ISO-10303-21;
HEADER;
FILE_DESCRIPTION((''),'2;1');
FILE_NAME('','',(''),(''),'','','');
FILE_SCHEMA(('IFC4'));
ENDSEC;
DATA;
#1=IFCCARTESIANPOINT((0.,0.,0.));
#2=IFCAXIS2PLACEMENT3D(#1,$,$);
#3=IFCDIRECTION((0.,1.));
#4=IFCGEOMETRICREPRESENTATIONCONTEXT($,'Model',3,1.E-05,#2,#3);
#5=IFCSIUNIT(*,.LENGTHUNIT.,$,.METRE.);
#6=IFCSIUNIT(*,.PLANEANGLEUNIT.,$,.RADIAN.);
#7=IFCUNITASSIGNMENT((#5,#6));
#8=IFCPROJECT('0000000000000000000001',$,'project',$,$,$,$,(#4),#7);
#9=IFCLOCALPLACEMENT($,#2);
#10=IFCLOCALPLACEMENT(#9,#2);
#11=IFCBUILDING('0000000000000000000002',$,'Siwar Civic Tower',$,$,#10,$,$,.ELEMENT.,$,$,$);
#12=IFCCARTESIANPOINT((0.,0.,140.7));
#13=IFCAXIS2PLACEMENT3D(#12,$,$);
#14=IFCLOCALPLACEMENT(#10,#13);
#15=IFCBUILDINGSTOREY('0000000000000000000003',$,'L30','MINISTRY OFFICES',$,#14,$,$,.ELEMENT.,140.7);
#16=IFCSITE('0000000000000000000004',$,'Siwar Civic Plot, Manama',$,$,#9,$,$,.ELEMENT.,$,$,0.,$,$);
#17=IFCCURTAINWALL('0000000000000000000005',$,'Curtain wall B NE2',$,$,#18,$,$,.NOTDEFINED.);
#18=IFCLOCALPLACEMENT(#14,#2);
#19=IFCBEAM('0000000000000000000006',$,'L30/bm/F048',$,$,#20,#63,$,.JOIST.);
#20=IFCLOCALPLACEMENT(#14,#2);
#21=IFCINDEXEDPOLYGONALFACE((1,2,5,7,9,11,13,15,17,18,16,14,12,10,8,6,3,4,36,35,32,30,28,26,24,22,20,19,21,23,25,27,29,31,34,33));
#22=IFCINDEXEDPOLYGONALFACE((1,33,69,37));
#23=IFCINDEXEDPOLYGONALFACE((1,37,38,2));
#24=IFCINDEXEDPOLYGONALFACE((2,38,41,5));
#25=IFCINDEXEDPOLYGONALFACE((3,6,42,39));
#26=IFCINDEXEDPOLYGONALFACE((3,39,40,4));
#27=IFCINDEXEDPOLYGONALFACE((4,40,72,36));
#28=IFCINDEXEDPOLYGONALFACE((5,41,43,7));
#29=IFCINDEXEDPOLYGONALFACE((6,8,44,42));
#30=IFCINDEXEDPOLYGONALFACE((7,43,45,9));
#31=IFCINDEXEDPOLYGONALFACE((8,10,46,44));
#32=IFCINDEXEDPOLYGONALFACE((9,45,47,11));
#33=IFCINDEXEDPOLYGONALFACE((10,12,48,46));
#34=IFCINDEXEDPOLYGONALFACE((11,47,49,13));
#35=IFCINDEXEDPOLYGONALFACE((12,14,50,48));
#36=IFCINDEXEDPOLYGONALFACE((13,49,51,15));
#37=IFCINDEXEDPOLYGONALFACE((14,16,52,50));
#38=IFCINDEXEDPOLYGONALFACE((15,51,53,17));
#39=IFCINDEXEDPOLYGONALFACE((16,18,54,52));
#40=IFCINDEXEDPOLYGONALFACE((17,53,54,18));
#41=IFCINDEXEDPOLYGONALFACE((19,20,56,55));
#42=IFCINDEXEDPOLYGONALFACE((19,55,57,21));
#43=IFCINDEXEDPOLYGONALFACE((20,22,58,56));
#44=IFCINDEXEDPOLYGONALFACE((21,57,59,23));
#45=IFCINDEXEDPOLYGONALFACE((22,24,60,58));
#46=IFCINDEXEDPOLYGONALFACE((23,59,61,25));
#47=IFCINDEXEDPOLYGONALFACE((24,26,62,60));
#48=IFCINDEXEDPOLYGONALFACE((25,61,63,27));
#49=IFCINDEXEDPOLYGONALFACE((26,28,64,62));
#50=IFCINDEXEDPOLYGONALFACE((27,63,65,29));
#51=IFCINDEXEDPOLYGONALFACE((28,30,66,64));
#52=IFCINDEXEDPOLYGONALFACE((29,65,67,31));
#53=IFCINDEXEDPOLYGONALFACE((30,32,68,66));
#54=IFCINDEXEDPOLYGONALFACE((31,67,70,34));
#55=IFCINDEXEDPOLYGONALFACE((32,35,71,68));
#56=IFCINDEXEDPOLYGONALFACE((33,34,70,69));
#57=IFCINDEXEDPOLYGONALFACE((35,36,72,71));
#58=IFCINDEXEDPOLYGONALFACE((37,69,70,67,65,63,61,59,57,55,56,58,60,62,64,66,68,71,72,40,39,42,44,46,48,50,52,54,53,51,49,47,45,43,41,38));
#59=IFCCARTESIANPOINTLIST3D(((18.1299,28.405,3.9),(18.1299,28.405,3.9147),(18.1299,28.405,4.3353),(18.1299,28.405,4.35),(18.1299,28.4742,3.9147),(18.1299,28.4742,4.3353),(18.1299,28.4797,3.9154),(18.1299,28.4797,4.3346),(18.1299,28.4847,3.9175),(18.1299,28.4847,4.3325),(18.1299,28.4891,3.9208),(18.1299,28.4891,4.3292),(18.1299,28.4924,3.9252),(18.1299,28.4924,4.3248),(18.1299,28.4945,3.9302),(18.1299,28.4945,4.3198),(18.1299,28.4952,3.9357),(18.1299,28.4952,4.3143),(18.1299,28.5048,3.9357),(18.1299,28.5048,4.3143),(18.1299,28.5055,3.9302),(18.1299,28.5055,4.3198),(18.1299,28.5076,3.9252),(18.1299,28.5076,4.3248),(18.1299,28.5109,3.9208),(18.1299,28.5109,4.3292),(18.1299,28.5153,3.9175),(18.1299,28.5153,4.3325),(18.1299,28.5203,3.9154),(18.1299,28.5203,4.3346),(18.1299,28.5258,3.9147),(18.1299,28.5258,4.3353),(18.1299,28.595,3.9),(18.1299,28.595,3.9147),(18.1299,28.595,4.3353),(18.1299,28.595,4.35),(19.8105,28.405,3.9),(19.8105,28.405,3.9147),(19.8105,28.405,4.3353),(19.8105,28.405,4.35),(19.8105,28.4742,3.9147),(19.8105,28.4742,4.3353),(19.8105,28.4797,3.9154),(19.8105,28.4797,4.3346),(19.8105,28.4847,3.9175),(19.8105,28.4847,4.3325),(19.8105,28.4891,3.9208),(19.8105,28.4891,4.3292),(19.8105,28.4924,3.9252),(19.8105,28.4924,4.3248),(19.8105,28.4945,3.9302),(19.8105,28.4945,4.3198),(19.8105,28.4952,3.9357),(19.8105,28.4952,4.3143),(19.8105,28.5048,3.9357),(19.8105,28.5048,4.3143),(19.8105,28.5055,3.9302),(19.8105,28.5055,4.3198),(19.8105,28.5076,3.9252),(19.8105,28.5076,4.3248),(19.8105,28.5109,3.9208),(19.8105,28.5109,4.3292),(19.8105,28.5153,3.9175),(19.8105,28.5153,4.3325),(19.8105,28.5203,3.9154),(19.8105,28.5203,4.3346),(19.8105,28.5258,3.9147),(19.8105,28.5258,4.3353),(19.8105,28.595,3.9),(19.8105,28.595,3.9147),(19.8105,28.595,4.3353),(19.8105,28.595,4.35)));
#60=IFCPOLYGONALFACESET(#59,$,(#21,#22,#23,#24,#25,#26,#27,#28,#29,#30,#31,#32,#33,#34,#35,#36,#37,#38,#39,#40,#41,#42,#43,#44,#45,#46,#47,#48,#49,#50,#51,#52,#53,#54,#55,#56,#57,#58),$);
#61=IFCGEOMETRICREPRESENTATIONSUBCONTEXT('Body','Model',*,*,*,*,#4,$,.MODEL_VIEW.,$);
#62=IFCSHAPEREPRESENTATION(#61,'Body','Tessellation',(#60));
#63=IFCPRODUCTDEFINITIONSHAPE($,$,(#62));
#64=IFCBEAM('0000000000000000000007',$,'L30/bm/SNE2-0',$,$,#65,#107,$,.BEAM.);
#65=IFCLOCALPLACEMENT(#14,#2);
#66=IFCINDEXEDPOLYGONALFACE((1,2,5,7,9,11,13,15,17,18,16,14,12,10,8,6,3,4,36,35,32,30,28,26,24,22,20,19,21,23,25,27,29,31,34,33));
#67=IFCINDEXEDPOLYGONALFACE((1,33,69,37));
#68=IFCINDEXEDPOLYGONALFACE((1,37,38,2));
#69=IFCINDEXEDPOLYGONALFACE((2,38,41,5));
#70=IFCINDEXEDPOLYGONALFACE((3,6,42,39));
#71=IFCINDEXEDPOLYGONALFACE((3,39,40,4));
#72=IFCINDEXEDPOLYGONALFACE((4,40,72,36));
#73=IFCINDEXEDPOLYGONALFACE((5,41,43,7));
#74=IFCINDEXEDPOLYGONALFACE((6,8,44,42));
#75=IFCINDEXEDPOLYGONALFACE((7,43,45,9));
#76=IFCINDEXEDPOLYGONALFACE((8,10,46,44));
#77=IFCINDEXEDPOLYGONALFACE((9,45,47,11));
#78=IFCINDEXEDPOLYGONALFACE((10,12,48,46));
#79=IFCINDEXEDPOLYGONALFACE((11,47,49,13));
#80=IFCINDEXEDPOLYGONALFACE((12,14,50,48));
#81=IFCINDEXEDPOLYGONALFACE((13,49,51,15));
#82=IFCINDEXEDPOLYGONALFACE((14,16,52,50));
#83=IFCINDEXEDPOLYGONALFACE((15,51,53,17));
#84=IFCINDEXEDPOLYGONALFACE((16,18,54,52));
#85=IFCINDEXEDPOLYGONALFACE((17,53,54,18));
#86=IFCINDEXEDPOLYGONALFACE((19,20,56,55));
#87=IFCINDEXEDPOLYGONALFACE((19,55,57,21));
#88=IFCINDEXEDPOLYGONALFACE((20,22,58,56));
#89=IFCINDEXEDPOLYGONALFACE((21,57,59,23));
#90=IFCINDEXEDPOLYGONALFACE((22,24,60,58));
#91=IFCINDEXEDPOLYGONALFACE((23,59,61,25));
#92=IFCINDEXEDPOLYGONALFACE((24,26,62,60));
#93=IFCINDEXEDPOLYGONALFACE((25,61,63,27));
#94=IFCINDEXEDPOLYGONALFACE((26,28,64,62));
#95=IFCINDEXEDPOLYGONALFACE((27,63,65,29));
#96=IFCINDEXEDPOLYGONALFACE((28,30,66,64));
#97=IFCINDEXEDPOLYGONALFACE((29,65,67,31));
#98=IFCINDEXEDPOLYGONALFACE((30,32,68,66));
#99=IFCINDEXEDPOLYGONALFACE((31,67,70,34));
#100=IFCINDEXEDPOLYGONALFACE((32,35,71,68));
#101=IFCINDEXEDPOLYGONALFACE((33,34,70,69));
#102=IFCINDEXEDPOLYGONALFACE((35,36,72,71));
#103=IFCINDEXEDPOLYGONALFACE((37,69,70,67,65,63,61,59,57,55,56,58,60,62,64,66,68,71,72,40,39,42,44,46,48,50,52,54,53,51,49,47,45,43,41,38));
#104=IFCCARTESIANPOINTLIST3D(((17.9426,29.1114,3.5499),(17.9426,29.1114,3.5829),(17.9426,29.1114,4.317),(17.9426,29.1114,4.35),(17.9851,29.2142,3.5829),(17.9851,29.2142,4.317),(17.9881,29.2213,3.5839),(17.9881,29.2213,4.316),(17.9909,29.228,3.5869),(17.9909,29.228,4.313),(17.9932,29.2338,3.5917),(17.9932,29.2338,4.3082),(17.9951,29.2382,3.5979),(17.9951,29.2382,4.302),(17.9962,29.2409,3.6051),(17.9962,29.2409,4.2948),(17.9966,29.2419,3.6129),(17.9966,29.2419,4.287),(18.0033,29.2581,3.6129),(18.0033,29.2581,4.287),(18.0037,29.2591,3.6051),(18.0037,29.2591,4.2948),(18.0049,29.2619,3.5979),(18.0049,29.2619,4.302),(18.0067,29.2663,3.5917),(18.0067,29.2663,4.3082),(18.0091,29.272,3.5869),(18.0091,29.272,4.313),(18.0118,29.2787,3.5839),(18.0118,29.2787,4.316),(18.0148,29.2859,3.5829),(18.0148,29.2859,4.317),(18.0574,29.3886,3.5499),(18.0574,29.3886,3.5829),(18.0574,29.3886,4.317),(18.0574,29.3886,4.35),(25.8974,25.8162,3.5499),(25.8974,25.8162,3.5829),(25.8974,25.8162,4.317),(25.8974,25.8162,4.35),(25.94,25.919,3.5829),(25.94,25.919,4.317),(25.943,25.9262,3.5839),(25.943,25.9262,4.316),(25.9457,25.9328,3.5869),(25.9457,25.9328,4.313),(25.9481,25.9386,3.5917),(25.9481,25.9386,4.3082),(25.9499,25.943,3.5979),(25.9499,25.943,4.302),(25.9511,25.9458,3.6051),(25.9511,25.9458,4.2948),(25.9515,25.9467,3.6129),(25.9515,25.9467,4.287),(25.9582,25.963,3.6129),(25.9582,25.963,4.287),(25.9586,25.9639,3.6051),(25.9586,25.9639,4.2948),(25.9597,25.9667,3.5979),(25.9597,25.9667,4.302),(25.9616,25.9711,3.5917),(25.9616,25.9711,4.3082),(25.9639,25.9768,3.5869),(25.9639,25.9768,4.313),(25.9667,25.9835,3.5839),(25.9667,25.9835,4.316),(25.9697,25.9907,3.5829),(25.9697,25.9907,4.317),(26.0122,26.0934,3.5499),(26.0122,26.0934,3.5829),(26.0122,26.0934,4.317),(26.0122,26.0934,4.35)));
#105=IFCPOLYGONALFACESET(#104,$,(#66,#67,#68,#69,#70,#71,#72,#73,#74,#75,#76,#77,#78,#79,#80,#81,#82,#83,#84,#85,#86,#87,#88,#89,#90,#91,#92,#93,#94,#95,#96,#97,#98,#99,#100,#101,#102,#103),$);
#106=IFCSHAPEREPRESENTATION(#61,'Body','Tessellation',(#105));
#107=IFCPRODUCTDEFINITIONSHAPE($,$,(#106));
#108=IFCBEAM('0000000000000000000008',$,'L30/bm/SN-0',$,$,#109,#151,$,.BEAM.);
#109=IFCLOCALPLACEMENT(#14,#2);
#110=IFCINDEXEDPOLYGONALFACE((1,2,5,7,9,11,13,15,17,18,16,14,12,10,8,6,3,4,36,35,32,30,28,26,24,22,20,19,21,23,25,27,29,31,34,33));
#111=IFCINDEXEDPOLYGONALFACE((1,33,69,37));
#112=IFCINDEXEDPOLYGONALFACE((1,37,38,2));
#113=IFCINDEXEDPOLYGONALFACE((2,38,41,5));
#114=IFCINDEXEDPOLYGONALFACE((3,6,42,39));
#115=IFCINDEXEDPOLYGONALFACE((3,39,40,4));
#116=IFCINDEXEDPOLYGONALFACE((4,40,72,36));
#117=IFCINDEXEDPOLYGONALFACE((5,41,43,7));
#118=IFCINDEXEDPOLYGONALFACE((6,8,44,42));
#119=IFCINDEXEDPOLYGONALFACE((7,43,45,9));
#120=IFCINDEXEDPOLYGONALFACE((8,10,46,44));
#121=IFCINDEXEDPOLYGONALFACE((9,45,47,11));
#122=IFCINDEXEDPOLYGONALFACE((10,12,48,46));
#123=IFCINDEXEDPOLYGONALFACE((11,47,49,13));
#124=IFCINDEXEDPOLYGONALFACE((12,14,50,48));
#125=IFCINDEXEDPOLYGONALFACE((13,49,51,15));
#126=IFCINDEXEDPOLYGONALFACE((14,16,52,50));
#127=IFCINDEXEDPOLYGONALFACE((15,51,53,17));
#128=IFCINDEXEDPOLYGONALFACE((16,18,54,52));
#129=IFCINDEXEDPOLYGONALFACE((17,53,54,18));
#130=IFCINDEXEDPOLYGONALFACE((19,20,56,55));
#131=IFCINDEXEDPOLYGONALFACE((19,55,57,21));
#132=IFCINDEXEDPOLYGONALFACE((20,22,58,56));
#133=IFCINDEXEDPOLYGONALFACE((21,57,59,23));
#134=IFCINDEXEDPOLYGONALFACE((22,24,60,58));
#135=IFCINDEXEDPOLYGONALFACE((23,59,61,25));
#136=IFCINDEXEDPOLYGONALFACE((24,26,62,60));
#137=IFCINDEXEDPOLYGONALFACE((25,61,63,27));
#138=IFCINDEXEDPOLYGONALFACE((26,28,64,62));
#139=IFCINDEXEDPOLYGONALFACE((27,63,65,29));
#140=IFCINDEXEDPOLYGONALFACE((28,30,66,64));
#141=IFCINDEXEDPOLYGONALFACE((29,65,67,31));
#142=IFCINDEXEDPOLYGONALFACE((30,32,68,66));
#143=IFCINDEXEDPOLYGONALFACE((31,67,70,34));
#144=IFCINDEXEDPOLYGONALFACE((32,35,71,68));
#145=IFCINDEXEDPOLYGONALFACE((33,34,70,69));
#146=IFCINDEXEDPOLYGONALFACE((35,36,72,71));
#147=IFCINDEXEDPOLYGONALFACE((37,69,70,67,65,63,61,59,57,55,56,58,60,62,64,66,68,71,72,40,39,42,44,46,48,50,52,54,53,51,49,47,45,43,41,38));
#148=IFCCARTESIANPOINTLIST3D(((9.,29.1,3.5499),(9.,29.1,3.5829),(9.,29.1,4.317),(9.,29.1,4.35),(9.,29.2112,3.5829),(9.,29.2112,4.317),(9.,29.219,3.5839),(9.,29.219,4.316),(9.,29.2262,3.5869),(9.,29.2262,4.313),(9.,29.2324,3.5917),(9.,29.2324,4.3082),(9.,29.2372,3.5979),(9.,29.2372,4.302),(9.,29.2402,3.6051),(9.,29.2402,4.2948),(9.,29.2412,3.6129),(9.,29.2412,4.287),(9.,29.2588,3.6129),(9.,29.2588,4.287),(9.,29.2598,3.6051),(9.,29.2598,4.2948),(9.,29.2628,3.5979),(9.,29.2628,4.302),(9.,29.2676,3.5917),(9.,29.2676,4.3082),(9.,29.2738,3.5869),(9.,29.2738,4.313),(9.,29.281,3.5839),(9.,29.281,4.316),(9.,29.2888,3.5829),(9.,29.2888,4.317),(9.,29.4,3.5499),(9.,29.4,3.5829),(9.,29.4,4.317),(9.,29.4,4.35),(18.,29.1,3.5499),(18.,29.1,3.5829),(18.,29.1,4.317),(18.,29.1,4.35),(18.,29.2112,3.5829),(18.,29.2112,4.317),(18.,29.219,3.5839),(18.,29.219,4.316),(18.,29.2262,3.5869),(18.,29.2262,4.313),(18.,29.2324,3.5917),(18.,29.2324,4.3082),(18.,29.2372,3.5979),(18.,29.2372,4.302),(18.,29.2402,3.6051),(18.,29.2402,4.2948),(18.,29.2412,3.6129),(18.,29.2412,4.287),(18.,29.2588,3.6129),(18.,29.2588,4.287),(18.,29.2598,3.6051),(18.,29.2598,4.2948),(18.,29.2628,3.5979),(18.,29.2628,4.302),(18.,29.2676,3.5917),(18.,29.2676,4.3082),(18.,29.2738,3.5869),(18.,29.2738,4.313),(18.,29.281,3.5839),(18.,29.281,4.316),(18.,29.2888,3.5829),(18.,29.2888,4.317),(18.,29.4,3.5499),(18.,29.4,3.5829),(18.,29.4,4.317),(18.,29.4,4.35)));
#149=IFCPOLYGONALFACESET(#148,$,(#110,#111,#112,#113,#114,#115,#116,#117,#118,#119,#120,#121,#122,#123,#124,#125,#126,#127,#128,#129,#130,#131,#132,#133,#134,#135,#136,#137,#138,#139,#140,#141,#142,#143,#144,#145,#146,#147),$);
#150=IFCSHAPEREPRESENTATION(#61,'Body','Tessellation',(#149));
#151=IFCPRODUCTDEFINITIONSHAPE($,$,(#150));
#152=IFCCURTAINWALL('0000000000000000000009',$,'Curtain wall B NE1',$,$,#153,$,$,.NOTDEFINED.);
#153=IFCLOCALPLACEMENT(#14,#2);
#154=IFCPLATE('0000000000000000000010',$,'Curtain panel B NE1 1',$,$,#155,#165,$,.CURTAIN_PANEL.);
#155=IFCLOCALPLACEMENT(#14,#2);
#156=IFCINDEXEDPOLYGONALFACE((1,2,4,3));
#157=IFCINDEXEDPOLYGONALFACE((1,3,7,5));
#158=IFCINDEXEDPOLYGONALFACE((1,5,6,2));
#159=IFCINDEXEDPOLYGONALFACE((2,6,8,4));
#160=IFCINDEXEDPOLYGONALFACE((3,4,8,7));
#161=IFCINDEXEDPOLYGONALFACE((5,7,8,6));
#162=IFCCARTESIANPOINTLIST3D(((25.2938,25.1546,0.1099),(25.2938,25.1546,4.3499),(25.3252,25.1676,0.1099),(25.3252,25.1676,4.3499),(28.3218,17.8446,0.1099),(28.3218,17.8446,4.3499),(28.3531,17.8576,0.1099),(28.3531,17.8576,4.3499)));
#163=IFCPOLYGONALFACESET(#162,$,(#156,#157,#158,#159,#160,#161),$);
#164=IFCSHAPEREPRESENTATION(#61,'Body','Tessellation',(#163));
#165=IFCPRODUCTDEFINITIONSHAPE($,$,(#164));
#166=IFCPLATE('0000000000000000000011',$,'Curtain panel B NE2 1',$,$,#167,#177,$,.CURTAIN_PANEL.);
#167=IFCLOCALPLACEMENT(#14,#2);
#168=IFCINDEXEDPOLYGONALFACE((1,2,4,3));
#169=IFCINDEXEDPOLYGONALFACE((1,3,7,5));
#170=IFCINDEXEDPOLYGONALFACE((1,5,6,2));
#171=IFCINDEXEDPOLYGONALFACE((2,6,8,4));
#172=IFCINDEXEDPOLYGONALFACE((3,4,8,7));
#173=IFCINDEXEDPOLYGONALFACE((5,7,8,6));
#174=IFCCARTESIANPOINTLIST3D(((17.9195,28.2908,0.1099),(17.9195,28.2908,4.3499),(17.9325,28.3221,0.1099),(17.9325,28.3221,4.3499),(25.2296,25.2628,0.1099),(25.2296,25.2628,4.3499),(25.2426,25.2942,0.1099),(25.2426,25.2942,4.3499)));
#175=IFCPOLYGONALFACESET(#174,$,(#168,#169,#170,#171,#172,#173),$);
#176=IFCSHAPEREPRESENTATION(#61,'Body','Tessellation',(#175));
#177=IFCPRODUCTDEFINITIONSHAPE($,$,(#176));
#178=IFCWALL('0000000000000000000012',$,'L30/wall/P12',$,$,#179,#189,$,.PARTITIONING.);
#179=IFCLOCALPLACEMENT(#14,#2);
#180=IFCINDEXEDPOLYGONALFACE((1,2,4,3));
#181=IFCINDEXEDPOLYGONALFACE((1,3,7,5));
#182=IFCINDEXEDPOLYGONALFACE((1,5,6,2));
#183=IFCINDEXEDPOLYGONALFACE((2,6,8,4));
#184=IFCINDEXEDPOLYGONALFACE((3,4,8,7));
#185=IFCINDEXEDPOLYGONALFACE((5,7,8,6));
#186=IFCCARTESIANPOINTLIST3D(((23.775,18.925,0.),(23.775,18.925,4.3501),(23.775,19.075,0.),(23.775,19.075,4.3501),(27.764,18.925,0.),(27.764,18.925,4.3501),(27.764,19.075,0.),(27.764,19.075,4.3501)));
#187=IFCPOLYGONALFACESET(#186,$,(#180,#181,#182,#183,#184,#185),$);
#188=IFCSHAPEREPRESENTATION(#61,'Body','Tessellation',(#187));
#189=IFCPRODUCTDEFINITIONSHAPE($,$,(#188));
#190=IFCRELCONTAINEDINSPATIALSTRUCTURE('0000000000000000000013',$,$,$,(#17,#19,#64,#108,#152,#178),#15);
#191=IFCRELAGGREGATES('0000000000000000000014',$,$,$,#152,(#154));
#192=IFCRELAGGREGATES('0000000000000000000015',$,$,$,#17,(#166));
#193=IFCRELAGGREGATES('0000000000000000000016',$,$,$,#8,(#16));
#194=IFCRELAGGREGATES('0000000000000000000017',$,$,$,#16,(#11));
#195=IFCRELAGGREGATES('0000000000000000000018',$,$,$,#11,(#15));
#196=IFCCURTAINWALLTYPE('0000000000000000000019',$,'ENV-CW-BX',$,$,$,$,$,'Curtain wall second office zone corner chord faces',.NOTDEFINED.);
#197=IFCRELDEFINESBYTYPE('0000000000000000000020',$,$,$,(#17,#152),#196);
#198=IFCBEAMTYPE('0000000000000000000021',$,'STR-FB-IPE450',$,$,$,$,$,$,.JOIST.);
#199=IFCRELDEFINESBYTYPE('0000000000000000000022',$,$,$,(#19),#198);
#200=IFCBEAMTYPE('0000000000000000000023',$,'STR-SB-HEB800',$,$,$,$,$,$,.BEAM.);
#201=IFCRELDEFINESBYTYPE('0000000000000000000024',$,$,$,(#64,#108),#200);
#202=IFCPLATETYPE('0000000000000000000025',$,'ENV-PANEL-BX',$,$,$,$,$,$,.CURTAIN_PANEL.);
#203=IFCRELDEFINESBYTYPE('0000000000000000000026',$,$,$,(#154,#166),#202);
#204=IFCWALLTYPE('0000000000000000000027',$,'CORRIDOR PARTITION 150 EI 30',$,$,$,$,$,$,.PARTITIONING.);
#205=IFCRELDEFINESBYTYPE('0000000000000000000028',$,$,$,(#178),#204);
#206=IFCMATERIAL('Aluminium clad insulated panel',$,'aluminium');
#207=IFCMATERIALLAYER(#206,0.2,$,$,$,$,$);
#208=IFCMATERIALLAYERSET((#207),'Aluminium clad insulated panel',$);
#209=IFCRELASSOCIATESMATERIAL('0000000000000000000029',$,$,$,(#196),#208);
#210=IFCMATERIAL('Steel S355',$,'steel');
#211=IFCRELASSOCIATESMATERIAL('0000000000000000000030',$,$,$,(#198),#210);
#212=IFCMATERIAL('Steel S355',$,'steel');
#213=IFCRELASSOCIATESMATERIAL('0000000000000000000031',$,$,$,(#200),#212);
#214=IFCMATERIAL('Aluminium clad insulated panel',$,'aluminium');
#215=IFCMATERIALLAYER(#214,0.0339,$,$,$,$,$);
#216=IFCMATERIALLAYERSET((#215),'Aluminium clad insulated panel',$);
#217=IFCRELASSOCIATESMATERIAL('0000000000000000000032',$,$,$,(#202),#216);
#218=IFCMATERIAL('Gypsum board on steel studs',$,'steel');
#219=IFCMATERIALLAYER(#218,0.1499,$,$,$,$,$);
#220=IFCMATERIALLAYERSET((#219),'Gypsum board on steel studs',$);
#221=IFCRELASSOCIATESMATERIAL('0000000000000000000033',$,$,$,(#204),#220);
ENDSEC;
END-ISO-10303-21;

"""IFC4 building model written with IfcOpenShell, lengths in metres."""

from ifc_helpers import new_model, si_unit, direction, frame, frame_2d, origin, origin_2d, place, context, subcontext, project, spatial, rectangle, i_section, extrude, material, layer, layer_set, material_profile, profile_set, type_object, element, aggregate, save


model = new_model("IFC4")

# Units and contexts
model_context = context("Model", 3, precision=1e-05, world=origin(), true_north=direction((0.0, 1.0)))
body_context = subcontext(model_context, "Body", "Model", "MODEL_VIEW")
ifc_project = project(units=[si_unit("LENGTHUNIT", "METRE"), si_unit("PLANEANGLEUNIT", "RADIAN")], contexts=[model_context])

# Site, building, storey
site_placement = place(None, origin())
site = spatial("IfcSite", under=ifc_project, at=site_placement, Name="Siwar Civic Plot, Manama", CompositionType="ELEMENT", RefElevation=0.0)
building_placement = place(site_placement, origin())
building = spatial("IfcBuilding", under=site, at=building_placement, Name="Siwar Civic Tower", CompositionType="ELEMENT")
storey_placement = place(building_placement, frame((0.0, 0.0, 140.7)))
storey = spatial("IfcBuildingStorey", under=building, at=storey_placement, Name="L30", Description="MINISTRY OFFICES", CompositionType="ELEMENT", Elevation=140.7)

# Curtain wall
ifc_material_1 = material(Name="Aluminium clad insulated panel", Category="aluminium")
ifc_layer_1 = layer(ifc_material_1, 0.2)
ifc_layer_set_1 = layer_set([ifc_layer_1], Name="Aluminium clad insulated panel")
curtain_wall_type_1 = type_object("IfcCurtainWallType", Name="ENV-CW-BX", ElementType="Curtain wall second office zone corner chord faces", PredefinedType="NOTDEFINED", material=ifc_layer_set_1)
curtain_wall_1_placement = place(storey_placement, origin())
curtain_wall_1 = element("IfcCurtainWall", 1, at=curtain_wall_1_placement, inside=storey, type_object=curtain_wall_type_1, Name="Curtain wall B NE2", PredefinedType="NOTDEFINED")

# Beams
ifc_material_2 = material(Name="Steel S355", Category="steel")
ifc_material_profile_1 = material_profile(ifc_material_2, i_section(OverallWidth=0.1899, OverallDepth=0.45, WebThickness=0.0095, FlangeThickness=0.0146, FilletRadius=0.021, at=origin_2d()), Name="IPE450")
ifc_profile_set_1 = profile_set([ifc_material_profile_1], Name="Steel S355")
beam_type_1 = type_object("IfcBeamType", Name="STR-FB-IPE450", PredefinedType="JOIST", material=ifc_profile_set_1)
beam_1_placement = place(storey_placement, frame((18.1299, 28.5, 4.125), z_axis=(1.0, 0.0, 0.0), x_axis=(0.0, 1.0, 0.0)))
element("IfcBeam", 2, at=beam_1_placement, inside=storey, type_object=beam_type_1, Name="L30/bm/F048", PredefinedType="JOIST", context=body_context, shape_type="SweptSolid", body=[
    extrude(i_section(OverallWidth=0.1899, OverallDepth=0.45, WebThickness=0.0095, FlangeThickness=0.0146, FilletRadius=0.021, at=origin_2d()), origin(), (0.0, 0.0, 1.0), 1.6807),
])
ifc_material_3 = material(Name="Steel S355", Category="steel")
ifc_material_profile_2 = material_profile(ifc_material_3, i_section(OverallWidth=0.3, OverallDepth=0.8, WebThickness=0.0176, FlangeThickness=0.033, FilletRadius=0.03, at=origin_2d()), Name="HEB800")
ifc_profile_set_2 = profile_set([ifc_material_profile_2], Name="Steel S355")
beam_type_2 = type_object("IfcBeamType", Name="STR-SB-HEB800", PredefinedType="BEAM", material=ifc_profile_set_2)
beam_2_placement = place(storey_placement, frame((25.9548, 25.9548, 3.95), z_axis=(-0.923873, 0.3827, 0.0), x_axis=(-0.3827, -0.923873, 0.0)))
element("IfcBeam", 3, at=beam_2_placement, inside=storey, type_object=beam_type_2, Name="L30/bm/SNE2-0", PredefinedType="BEAM", context=body_context, shape_type="SweptSolid", body=[
    extrude(i_section(OverallWidth=0.3, OverallDepth=0.8, WebThickness=0.0176, FlangeThickness=0.033, FilletRadius=0.03, at=origin_2d()), origin(), (0.0, 0.0, 1.0), 8.6104),
])
beam_3_placement = place(storey_placement, frame((18.0, 29.25, 3.95), z_axis=(-1.0, 0.0, 0.0), x_axis=(0.0, -1.0, 0.0)))
element("IfcBeam", 4, at=beam_3_placement, inside=storey, type_object=beam_type_2, Name="L30/bm/SN-0", PredefinedType="BEAM", context=body_context, shape_type="SweptSolid", body=[
    extrude(i_section(OverallWidth=0.3, OverallDepth=0.8, WebThickness=0.0176, FlangeThickness=0.033, FilletRadius=0.03, at=origin_2d()), origin(), (0.0, 0.0, 1.0), 9.0),
])

# Curtain wall, plate
curtain_wall_2_placement = place(storey_placement, origin())
curtain_wall_2 = element("IfcCurtainWall", 5, at=curtain_wall_2_placement, inside=storey, type_object=curtain_wall_type_1, Name="Curtain wall B NE1", PredefinedType="NOTDEFINED")
ifc_material_4 = material(Name="Aluminium clad insulated panel", Category="aluminium")
ifc_layer_2 = layer(ifc_material_4, 0.0339)
ifc_layer_set_2 = layer_set([ifc_layer_2], Name="Aluminium clad insulated panel")
plate_type = type_object("IfcPlateType", Name="ENV-PANEL-BX", PredefinedType="CURTAIN_PANEL", material=ifc_layer_set_2)
plate_1_placement = place(storey_placement, frame((26.8235, 21.5061, 0.1099), z_axis=(0.0, 0.0, 1.0), x_axis=(-0.382683, 0.92388, 0.0)))
plate_1 = element("IfcPlate", 6, at=plate_1_placement, type_object=plate_type, Name="Curtain panel B NE1 1", PredefinedType="CURTAIN_PANEL", context=body_context, shape_type="SweptSolid", body=[
    extrude(rectangle(XDim=7.9124, YDim=0.0339, at=origin_2d()), origin(), (0.0, 0.0, 1.0), 4.24),
])
aggregate(curtain_wall_2, [plate_1])

# Plate
plate_2_placement = place(storey_placement, frame((21.5811, 26.7925, 0.1099), z_axis=(0.0, 0.0, 1.0), x_axis=(-0.92388, 0.382683, 0.0)))
plate_2 = element("IfcPlate", 7, at=plate_2_placement, type_object=plate_type, Name="Curtain panel B NE2 1", PredefinedType="CURTAIN_PANEL", context=body_context, shape_type="SweptSolid", body=[
    extrude(rectangle(XDim=7.9124, YDim=0.0339, at=origin_2d()), origin(), (0.0, 0.0, 1.0), 4.24),
])
aggregate(curtain_wall_1, [plate_2])

# Wall
ifc_material_5 = material(Name="Gypsum board on steel studs", Category="steel")
ifc_layer_3 = layer(ifc_material_5, 0.1499)
ifc_layer_set_3 = layer_set([ifc_layer_3], Name="Gypsum board on steel studs")
wall_type_1 = type_object("IfcWallType", Name="CORRIDOR PARTITION 150 EI 30", PredefinedType="PARTITIONING", material=ifc_layer_set_3)
wall_1_placement = place(storey_placement, frame((23.7749, 19.0, 0.0), z_axis=(0.0, 0.0, 1.0), x_axis=(1.0, 0.0, 0.0)))
element("IfcWall", 8, at=wall_1_placement, inside=storey, type_object=wall_type_1, Name="L30/wall/P12", PredefinedType="PARTITIONING", context=body_context, shape_type="SweptSolid", body=[
    extrude(rectangle(XDim=3.989, YDim=0.1499, at=frame_2d((1.9946, 0.0))), origin(), (0.0, 0.0, 1.0), 4.3501),
])

save(model, "model.ifc")
